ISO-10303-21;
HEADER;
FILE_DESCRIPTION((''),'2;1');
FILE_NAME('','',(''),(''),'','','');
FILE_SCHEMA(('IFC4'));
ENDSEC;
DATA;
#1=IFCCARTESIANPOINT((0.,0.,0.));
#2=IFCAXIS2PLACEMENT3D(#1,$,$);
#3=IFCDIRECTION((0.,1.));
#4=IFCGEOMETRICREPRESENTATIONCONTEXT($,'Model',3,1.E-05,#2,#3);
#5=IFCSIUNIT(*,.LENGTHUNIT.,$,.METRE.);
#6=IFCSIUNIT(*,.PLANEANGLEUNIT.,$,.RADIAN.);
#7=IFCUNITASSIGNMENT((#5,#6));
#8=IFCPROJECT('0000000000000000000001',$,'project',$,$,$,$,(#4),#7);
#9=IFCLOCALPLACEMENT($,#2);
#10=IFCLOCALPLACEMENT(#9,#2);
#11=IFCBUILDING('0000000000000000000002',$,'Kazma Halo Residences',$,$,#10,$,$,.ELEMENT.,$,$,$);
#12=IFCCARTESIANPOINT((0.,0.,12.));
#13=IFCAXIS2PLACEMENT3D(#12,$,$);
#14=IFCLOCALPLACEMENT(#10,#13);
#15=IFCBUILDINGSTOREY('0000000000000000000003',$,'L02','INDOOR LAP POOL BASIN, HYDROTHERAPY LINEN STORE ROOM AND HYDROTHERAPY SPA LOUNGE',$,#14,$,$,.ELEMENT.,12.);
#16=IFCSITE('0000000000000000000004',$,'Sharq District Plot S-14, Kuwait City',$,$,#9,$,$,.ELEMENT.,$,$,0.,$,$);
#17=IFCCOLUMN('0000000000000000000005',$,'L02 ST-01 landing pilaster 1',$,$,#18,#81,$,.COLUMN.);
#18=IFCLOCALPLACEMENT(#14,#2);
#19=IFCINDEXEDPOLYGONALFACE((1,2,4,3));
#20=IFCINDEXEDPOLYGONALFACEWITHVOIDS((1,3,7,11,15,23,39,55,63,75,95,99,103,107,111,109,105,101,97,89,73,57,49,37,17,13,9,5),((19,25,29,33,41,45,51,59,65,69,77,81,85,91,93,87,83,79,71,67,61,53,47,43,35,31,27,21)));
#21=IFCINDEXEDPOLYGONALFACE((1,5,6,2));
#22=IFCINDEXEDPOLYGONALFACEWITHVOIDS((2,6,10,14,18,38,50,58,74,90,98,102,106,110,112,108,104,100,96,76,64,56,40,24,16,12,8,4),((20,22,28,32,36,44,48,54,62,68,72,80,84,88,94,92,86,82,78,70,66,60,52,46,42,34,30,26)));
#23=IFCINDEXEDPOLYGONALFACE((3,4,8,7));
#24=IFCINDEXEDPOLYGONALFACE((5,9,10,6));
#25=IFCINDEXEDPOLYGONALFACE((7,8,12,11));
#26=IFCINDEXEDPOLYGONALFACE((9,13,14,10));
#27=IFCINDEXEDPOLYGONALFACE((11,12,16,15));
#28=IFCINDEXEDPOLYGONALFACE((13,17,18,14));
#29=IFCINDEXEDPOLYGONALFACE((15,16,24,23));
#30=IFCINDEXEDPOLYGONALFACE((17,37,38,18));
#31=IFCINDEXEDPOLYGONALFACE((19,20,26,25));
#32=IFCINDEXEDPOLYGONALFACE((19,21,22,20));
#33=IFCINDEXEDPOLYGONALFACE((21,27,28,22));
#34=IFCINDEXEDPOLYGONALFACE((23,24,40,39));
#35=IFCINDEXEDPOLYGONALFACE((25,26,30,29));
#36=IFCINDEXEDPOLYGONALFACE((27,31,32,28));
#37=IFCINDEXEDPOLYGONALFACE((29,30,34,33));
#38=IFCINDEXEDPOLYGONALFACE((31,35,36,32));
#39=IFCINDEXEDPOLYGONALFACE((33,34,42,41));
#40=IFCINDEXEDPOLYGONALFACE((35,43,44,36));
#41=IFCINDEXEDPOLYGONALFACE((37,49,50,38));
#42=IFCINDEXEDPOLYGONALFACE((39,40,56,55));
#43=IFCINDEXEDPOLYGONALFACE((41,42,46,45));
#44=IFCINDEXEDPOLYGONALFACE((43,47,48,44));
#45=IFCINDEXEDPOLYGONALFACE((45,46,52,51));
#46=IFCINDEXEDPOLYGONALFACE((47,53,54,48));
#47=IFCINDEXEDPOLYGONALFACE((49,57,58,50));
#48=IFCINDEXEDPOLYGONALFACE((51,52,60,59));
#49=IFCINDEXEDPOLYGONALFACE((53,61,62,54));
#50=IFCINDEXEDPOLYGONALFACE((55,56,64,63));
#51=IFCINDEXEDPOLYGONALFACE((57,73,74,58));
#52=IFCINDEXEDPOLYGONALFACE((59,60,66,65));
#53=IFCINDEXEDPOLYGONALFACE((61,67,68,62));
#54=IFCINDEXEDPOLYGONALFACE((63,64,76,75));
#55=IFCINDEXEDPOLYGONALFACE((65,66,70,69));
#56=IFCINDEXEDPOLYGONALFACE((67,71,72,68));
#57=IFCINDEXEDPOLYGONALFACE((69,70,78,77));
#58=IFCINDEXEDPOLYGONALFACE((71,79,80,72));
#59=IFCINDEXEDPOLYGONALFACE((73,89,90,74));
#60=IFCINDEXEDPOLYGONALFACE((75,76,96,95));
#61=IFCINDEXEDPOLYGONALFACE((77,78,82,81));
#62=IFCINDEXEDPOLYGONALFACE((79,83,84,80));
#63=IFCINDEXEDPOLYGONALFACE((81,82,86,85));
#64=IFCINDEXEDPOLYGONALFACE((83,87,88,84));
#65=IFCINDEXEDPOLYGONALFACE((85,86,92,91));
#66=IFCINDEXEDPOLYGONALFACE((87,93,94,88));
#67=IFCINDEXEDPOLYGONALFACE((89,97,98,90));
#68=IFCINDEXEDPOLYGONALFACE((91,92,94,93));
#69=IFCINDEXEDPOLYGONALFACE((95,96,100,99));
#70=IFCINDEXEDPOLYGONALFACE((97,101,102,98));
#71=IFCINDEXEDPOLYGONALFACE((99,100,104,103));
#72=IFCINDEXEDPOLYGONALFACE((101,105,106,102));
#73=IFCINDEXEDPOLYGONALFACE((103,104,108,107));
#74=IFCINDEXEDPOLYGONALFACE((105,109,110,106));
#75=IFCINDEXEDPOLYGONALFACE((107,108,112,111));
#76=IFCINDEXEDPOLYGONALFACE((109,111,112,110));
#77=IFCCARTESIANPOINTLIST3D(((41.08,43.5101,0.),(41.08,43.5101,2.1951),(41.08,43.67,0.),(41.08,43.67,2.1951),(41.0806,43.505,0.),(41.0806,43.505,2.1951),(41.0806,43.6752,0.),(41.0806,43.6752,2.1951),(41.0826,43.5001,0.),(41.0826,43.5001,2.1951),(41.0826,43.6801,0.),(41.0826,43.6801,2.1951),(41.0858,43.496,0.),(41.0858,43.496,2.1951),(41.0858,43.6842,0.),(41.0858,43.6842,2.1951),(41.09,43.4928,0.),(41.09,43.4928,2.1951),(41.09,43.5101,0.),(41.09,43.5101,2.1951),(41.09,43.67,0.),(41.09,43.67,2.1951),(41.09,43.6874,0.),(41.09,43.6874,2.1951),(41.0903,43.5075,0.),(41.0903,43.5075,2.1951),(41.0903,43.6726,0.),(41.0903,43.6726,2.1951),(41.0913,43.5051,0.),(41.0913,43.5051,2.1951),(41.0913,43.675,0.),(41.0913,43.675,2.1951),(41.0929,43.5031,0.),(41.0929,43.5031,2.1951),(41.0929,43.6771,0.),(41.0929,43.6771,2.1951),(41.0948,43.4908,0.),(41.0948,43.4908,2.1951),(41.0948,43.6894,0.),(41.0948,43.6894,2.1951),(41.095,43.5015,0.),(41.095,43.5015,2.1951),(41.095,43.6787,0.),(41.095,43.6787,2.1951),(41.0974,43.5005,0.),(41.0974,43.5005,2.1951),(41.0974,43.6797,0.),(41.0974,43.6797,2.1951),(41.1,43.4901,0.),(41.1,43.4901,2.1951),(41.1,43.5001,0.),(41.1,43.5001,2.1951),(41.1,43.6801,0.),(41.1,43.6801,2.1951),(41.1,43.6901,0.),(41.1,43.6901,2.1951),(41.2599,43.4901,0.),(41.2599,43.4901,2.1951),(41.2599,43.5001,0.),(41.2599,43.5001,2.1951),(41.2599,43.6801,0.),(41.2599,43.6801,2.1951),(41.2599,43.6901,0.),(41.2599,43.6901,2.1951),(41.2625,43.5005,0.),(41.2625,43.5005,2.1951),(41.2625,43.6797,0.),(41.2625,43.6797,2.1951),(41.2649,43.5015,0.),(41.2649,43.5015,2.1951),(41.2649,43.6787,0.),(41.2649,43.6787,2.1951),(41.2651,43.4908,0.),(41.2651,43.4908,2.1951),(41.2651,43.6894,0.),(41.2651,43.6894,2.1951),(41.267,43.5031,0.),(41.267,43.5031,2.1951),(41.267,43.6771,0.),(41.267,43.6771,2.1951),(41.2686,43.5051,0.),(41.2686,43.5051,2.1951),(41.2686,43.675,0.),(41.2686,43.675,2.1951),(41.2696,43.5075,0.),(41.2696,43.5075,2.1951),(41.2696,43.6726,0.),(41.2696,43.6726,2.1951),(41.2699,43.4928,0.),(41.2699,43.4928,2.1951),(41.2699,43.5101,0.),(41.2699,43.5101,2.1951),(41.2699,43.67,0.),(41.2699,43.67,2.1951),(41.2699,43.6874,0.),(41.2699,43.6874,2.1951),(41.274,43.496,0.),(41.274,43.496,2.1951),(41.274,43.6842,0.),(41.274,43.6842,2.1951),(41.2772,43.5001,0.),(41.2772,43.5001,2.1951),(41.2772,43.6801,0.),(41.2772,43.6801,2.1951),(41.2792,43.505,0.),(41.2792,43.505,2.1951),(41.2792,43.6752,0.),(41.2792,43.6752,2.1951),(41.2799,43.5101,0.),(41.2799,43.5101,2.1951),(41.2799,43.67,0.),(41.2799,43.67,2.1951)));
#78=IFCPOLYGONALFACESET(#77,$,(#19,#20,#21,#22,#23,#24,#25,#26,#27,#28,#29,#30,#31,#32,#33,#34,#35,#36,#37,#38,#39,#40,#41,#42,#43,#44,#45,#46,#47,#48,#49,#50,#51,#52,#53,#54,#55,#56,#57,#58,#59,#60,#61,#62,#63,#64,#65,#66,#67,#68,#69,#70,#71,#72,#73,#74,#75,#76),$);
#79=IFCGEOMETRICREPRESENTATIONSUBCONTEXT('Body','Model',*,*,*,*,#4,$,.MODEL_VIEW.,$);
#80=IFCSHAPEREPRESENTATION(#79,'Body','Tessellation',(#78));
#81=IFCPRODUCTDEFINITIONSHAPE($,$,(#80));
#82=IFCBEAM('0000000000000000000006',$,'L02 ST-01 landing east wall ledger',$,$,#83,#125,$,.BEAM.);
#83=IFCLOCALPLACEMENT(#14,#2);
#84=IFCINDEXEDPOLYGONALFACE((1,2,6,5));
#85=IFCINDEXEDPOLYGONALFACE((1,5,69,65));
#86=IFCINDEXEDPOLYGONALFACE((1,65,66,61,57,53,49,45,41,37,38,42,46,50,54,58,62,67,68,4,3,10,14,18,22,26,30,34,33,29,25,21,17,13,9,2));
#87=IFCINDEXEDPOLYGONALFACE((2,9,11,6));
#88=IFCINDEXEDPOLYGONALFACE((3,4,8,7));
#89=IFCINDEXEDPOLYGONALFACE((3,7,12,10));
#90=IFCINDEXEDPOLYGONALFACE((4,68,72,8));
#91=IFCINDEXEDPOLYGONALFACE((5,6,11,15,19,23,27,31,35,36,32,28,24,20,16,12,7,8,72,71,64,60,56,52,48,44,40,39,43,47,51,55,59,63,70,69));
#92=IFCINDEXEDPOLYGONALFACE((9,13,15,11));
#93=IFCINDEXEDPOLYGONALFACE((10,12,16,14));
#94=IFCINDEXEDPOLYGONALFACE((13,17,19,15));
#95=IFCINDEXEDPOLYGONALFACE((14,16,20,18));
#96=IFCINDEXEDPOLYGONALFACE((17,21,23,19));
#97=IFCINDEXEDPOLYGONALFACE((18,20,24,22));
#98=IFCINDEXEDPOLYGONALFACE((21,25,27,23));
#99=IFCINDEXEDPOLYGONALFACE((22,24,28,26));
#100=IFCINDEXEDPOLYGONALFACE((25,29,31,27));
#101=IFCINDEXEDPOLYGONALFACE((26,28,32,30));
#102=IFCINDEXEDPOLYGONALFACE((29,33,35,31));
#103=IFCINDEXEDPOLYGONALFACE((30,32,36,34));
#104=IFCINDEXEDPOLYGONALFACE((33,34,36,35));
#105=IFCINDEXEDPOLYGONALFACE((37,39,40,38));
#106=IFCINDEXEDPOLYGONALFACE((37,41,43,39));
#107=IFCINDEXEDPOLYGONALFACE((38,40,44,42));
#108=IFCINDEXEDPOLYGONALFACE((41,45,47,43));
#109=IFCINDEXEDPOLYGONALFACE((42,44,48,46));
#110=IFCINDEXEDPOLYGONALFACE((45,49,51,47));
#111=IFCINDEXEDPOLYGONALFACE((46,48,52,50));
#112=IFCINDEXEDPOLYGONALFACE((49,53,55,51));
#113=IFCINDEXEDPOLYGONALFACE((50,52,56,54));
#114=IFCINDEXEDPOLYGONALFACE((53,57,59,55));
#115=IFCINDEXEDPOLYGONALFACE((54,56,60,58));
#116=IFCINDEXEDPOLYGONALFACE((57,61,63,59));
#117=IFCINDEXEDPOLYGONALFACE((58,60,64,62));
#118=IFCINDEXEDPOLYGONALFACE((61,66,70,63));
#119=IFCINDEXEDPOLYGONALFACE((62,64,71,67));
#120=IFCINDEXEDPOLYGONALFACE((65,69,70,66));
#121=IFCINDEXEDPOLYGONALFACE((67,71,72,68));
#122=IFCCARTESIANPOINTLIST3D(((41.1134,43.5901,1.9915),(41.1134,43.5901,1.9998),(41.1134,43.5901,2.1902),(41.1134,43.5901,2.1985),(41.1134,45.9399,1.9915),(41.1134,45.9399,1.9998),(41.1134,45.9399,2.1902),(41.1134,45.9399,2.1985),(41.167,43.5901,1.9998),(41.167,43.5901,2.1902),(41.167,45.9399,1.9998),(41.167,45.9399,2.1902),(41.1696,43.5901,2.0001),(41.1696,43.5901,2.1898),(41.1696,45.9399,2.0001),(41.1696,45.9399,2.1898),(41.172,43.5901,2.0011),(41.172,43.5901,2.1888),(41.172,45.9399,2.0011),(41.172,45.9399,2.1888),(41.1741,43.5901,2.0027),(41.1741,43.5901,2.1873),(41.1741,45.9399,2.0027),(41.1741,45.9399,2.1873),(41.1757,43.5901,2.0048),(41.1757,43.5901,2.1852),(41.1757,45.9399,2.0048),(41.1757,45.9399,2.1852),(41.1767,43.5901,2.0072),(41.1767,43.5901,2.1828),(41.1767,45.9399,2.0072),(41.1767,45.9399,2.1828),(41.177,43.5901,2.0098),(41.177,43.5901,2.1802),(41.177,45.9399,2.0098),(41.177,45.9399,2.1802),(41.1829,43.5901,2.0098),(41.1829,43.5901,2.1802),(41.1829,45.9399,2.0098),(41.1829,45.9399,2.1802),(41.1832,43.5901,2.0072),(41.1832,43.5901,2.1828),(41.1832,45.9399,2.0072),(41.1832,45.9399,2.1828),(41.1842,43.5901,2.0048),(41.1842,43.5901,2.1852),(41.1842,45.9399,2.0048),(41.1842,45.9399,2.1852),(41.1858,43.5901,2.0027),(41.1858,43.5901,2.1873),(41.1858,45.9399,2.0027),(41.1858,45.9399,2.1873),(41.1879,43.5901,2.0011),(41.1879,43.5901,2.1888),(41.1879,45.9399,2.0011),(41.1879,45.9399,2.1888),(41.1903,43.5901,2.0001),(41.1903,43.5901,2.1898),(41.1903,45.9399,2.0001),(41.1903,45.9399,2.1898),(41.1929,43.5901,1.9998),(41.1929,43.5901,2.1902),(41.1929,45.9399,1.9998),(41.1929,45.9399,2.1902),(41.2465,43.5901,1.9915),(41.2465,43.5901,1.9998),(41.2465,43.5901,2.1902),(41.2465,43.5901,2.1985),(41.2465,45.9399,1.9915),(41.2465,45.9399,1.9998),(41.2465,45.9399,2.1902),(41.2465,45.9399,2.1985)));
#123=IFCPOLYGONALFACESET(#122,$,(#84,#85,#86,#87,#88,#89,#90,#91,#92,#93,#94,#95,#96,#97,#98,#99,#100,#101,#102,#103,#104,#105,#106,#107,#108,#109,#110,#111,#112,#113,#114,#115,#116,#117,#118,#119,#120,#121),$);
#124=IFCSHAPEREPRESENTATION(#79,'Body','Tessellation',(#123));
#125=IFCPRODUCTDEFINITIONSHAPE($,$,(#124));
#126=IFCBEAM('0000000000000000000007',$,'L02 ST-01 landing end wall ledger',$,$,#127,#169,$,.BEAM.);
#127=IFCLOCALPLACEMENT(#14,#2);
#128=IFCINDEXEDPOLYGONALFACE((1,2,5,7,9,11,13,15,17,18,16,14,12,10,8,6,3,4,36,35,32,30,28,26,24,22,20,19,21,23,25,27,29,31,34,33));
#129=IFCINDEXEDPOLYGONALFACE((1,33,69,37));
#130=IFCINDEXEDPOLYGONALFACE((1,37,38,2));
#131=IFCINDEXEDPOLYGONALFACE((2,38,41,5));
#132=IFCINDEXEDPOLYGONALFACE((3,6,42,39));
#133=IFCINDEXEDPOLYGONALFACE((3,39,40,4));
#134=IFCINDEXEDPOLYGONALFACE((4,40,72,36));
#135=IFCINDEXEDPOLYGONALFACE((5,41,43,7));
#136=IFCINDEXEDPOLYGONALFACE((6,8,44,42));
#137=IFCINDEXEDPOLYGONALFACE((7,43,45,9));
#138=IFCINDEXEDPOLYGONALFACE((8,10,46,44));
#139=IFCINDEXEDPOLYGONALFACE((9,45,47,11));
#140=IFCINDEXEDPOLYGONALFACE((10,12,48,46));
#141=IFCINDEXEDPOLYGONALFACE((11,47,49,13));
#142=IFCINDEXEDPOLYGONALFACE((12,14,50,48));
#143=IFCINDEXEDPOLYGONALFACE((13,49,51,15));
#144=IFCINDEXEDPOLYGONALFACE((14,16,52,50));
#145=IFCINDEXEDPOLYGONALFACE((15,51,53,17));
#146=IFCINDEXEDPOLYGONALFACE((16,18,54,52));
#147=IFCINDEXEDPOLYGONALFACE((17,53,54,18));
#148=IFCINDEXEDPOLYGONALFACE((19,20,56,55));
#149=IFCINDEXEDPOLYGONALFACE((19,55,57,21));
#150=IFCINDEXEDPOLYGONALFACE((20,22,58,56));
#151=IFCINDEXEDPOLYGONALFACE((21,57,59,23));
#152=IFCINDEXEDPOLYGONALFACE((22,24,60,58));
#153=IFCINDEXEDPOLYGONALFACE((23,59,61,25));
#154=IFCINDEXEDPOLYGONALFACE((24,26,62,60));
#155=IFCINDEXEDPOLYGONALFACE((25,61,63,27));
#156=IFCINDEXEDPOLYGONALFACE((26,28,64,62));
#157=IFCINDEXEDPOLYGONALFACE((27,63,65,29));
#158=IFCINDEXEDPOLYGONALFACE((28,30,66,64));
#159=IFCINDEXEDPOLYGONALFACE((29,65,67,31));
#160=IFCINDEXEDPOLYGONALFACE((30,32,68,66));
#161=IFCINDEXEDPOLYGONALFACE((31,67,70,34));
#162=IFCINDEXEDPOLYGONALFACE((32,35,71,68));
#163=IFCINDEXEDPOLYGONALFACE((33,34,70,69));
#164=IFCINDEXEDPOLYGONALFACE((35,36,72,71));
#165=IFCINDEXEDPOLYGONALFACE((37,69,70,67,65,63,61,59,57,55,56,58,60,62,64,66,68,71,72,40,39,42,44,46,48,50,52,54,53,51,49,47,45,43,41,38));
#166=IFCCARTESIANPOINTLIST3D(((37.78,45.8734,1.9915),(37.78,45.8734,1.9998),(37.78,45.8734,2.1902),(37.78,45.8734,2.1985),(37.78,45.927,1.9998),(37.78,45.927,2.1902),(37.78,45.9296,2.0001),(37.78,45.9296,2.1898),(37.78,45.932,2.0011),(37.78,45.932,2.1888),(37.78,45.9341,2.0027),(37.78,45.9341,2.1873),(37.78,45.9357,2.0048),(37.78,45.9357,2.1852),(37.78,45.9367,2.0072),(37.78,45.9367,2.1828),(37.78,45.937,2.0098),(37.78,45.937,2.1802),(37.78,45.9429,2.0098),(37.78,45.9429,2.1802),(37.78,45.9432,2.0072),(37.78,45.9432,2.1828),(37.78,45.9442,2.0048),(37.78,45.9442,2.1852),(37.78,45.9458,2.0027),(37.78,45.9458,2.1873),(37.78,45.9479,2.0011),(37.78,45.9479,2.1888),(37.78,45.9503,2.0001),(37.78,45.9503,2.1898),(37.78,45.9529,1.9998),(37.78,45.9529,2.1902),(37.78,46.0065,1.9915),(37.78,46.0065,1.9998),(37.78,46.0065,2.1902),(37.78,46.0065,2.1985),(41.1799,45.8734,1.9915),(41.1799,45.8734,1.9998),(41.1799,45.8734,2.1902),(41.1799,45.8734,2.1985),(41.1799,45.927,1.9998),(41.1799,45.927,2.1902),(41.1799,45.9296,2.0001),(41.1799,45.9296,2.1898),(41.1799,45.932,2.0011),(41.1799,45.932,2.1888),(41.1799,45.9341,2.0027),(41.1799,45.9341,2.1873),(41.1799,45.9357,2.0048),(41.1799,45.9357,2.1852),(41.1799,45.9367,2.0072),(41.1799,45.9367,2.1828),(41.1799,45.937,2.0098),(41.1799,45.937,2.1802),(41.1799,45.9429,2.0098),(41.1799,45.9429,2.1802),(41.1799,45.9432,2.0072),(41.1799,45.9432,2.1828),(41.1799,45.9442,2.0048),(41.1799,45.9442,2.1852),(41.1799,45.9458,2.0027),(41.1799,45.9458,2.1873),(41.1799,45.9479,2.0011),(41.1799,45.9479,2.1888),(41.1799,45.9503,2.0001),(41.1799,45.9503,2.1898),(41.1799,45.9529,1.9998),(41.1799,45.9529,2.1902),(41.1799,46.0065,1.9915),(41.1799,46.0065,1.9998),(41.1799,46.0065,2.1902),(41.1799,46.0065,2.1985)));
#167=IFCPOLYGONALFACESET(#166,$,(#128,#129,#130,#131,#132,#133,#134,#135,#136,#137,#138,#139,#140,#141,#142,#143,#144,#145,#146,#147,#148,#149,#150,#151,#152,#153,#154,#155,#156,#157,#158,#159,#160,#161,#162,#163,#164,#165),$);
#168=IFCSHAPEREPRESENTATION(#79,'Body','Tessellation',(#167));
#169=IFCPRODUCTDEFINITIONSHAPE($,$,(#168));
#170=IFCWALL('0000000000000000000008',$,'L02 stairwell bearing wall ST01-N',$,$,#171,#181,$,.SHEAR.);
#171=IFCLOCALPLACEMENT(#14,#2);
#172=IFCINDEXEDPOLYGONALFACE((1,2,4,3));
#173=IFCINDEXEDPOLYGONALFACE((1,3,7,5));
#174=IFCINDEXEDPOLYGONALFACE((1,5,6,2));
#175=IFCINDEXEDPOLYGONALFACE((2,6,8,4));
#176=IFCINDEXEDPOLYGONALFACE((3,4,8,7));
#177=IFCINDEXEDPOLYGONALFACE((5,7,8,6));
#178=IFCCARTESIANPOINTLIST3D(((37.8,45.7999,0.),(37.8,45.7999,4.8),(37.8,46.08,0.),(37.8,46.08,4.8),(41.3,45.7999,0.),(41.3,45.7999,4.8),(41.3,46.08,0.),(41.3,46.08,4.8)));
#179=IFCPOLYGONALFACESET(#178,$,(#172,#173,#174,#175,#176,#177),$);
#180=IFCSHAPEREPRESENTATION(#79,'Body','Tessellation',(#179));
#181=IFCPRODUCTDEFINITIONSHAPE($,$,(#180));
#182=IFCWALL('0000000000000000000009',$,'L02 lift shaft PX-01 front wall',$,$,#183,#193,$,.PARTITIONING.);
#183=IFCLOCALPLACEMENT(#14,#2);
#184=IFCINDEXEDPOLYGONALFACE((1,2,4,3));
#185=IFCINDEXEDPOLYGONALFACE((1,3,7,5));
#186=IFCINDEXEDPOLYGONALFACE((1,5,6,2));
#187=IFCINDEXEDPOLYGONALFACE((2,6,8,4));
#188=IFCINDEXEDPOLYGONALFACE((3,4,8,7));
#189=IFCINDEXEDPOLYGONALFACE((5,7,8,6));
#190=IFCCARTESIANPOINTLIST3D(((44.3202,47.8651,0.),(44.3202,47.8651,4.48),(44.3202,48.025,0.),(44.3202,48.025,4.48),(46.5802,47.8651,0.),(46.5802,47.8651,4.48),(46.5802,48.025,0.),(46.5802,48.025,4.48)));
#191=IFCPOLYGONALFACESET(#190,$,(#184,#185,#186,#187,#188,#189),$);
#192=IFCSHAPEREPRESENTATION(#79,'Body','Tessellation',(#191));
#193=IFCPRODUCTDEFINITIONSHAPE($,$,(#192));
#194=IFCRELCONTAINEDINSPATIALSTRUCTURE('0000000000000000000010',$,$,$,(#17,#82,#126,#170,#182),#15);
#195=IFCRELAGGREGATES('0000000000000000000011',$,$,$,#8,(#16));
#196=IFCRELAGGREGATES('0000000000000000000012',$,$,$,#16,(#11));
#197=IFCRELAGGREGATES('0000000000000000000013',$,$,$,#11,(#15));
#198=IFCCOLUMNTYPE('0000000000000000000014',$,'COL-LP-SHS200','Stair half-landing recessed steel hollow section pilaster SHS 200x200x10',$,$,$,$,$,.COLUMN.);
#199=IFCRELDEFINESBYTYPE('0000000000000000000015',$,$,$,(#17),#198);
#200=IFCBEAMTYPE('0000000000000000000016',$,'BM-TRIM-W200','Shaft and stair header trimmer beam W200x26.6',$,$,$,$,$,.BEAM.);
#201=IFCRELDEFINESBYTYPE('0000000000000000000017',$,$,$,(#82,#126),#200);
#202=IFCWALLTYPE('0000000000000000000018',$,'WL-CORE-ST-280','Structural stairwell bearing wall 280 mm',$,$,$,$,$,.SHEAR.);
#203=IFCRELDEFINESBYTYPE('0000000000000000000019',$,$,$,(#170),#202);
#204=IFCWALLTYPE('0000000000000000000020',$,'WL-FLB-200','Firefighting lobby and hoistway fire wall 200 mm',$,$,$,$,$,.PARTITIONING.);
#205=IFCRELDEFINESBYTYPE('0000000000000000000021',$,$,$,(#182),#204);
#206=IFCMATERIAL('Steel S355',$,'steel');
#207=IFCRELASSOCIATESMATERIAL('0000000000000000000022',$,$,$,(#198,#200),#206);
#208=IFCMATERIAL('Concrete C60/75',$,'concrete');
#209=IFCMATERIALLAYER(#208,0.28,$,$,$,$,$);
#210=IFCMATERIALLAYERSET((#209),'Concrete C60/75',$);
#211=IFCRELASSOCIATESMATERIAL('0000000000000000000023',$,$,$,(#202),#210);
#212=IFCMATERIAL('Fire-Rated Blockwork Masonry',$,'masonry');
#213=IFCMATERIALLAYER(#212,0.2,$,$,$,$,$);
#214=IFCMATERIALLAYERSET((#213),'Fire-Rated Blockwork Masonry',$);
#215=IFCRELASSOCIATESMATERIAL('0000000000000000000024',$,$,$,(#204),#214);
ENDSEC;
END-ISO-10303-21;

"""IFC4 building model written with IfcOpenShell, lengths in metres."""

from ifc_helpers import new_model, si_unit, direction, frame, frame_2d, origin, origin_2d, place, context, subcontext, project, spatial, rectangle, hollow_rectangle, i_section, extrude, material, layer, layer_set, material_profile, profile_set, type_object, element, save


model = new_model("IFC4")

# Units and contexts
model_context = context("Model", 3, precision=1e-05, world=origin(), true_north=direction((0.0, 1.0)))
body_context = subcontext(model_context, "Body", "Model", "MODEL_VIEW")
ifc_project = project(units=[si_unit("LENGTHUNIT", "METRE"), si_unit("PLANEANGLEUNIT", "RADIAN")], contexts=[model_context])

# Site, building, storey
site_placement = place(None, origin())
site = spatial("IfcSite", under=ifc_project, at=site_placement, Name="Sharq District Plot S-14, Kuwait City", CompositionType="ELEMENT", RefElevation=0.0)
building_placement = place(site_placement, origin())
building = spatial("IfcBuilding", under=site, at=building_placement, Name="Kazma Halo Residences", CompositionType="ELEMENT")
storey_placement = place(building_placement, frame((0.0, 0.0, 12.0)))
storey = spatial("IfcBuildingStorey", under=building, at=storey_placement, Name="L02", Description="INDOOR LAP POOL BASIN, HYDROTHERAPY LINEN STORE ROOM AND HYDROTHERAPY SPA LOUNGE", CompositionType="ELEMENT", Elevation=12.0)

# Column
ifc_material_1 = material(Name="Steel S355", Category="steel")
ifc_material_profile_1 = material_profile(ifc_material_1, hollow_rectangle(XDim=0.2, YDim=0.2, WallThickness=0.01, InnerFilletRadius=0.01, OuterFilletRadius=0.02, at=origin_2d()), Name="SHS200x200x10")
ifc_profile_set_1 = profile_set([ifc_material_profile_1], Name="Steel S355")
column_type = type_object("IfcColumnType", Name="COL-LP-SHS200", Description="Stair half-landing recessed steel hollow section pilaster SHS 200x200x10", PredefinedType="COLUMN", material=ifc_profile_set_1)
column_placement = place(storey_placement, frame((41.1799, 43.5901, 0.0), z_axis=(0.0, 0.0, 1.0), x_axis=(1.0, 0.0, 0.0)))
element("IfcColumn", 1, at=column_placement, inside=storey, type_object=column_type, Name="L02 ST-01 landing pilaster 1", PredefinedType="COLUMN", context=body_context, shape_type="SweptSolid", body=[
    extrude(hollow_rectangle(XDim=0.2, YDim=0.2, WallThickness=0.01, InnerFilletRadius=0.01, OuterFilletRadius=0.02, at=origin_2d()), origin(), (0.0, 0.0, 1.0), 2.1951),
])

# Beams
ifc_material_profile_2 = material_profile(ifc_material_1, i_section(OverallWidth=0.1331, OverallDepth=0.207, WebThickness=0.0059, FlangeThickness=0.0083, FilletRadius=0.01, at=origin_2d()), Name="W200x26.6")
ifc_profile_set_2 = profile_set([ifc_material_profile_2], Name="Steel S355")
beam_type = type_object("IfcBeamType", Name="BM-TRIM-W200", Description="Shaft and stair header trimmer beam W200x26.6", PredefinedType="BEAM", material=ifc_profile_set_2)
beam_1_placement = place(storey_placement, frame((41.1799, 43.5901, 2.095), z_axis=(0.0, 1.0, 0.0), x_axis=(-1.0, 0.0, 0.0)))
element("IfcBeam", 2, at=beam_1_placement, inside=storey, type_object=beam_type, Name="L02 ST-01 landing east wall ledger", PredefinedType="BEAM", context=body_context, shape_type="SweptSolid", body=[
    extrude(i_section(OverallWidth=0.1331, OverallDepth=0.207, WebThickness=0.0059, FlangeThickness=0.0083, FilletRadius=0.01, at=origin_2d()), origin(), (0.0, 0.0, 1.0), 2.3499),
])
beam_2_placement = place(storey_placement, frame((37.78, 45.9399, 2.095), z_axis=(1.0, 0.0, 0.0), x_axis=(0.0, 1.0, 0.0)))
element("IfcBeam", 3, at=beam_2_placement, inside=storey, type_object=beam_type, Name="L02 ST-01 landing end wall ledger", PredefinedType="BEAM", context=body_context, shape_type="SweptSolid", body=[
    extrude(i_section(OverallWidth=0.1331, OverallDepth=0.207, WebThickness=0.0059, FlangeThickness=0.0083, FilletRadius=0.01, at=origin_2d()), origin(), (0.0, 0.0, 1.0), 3.3999),
])

# Walls
ifc_material_2 = material(Name="Concrete C60/75", Category="concrete")
ifc_layer_1 = layer(ifc_material_2, 0.28)
ifc_layer_set_1 = layer_set([ifc_layer_1], Name="Concrete C60/75")
wall_type_1 = type_object("IfcWallType", Name="WL-CORE-ST-280", Description="Structural stairwell bearing wall 280 mm", PredefinedType="SHEAR", material=ifc_layer_set_1)
wall_1_placement = place(storey_placement, frame((37.8, 45.9399, 0.0), z_axis=(0.0, 0.0, 1.0), x_axis=(1.0, 0.0, 0.0)))
element("IfcWall", 4, at=wall_1_placement, inside=storey, type_object=wall_type_1, Name="L02 stairwell bearing wall ST01-N", PredefinedType="SHEAR", context=body_context, shape_type="SweptSolid", body=[
    extrude(rectangle(XDim=3.5, YDim=0.28, at=frame_2d((1.75, 0.0))), origin(), (0.0, 0.0, 1.0), 4.8),
])
ifc_material_3 = material(Name="Fire-Rated Blockwork Masonry", Category="masonry")
ifc_layer_2 = layer(ifc_material_3, 0.2)
ifc_layer_set_2 = layer_set([ifc_layer_2], Name="Fire-Rated Blockwork Masonry")
wall_type_2 = type_object("IfcWallType", Name="WL-FLB-200", Description="Firefighting lobby and hoistway fire wall 200 mm", PredefinedType="PARTITIONING", material=ifc_layer_set_2)
wall_2_placement = place(storey_placement, frame((46.5801, 47.9451, 0.0), z_axis=(0.0, 0.0, 1.0), x_axis=(-1.0, 0.0, 0.0)))
element("IfcWall", 5, at=wall_2_placement, inside=storey, type_object=wall_type_2, Name="L02 lift shaft PX-01 front wall", PredefinedType="PARTITIONING", context=body_context, shape_type="SweptSolid", body=[
    extrude(rectangle(XDim=2.26, YDim=0.1599, at=frame_2d((1.1299, 0.0))), origin(), (0.0, 0.0, 1.0), 4.48),
])

save(model, "model.ifc")
